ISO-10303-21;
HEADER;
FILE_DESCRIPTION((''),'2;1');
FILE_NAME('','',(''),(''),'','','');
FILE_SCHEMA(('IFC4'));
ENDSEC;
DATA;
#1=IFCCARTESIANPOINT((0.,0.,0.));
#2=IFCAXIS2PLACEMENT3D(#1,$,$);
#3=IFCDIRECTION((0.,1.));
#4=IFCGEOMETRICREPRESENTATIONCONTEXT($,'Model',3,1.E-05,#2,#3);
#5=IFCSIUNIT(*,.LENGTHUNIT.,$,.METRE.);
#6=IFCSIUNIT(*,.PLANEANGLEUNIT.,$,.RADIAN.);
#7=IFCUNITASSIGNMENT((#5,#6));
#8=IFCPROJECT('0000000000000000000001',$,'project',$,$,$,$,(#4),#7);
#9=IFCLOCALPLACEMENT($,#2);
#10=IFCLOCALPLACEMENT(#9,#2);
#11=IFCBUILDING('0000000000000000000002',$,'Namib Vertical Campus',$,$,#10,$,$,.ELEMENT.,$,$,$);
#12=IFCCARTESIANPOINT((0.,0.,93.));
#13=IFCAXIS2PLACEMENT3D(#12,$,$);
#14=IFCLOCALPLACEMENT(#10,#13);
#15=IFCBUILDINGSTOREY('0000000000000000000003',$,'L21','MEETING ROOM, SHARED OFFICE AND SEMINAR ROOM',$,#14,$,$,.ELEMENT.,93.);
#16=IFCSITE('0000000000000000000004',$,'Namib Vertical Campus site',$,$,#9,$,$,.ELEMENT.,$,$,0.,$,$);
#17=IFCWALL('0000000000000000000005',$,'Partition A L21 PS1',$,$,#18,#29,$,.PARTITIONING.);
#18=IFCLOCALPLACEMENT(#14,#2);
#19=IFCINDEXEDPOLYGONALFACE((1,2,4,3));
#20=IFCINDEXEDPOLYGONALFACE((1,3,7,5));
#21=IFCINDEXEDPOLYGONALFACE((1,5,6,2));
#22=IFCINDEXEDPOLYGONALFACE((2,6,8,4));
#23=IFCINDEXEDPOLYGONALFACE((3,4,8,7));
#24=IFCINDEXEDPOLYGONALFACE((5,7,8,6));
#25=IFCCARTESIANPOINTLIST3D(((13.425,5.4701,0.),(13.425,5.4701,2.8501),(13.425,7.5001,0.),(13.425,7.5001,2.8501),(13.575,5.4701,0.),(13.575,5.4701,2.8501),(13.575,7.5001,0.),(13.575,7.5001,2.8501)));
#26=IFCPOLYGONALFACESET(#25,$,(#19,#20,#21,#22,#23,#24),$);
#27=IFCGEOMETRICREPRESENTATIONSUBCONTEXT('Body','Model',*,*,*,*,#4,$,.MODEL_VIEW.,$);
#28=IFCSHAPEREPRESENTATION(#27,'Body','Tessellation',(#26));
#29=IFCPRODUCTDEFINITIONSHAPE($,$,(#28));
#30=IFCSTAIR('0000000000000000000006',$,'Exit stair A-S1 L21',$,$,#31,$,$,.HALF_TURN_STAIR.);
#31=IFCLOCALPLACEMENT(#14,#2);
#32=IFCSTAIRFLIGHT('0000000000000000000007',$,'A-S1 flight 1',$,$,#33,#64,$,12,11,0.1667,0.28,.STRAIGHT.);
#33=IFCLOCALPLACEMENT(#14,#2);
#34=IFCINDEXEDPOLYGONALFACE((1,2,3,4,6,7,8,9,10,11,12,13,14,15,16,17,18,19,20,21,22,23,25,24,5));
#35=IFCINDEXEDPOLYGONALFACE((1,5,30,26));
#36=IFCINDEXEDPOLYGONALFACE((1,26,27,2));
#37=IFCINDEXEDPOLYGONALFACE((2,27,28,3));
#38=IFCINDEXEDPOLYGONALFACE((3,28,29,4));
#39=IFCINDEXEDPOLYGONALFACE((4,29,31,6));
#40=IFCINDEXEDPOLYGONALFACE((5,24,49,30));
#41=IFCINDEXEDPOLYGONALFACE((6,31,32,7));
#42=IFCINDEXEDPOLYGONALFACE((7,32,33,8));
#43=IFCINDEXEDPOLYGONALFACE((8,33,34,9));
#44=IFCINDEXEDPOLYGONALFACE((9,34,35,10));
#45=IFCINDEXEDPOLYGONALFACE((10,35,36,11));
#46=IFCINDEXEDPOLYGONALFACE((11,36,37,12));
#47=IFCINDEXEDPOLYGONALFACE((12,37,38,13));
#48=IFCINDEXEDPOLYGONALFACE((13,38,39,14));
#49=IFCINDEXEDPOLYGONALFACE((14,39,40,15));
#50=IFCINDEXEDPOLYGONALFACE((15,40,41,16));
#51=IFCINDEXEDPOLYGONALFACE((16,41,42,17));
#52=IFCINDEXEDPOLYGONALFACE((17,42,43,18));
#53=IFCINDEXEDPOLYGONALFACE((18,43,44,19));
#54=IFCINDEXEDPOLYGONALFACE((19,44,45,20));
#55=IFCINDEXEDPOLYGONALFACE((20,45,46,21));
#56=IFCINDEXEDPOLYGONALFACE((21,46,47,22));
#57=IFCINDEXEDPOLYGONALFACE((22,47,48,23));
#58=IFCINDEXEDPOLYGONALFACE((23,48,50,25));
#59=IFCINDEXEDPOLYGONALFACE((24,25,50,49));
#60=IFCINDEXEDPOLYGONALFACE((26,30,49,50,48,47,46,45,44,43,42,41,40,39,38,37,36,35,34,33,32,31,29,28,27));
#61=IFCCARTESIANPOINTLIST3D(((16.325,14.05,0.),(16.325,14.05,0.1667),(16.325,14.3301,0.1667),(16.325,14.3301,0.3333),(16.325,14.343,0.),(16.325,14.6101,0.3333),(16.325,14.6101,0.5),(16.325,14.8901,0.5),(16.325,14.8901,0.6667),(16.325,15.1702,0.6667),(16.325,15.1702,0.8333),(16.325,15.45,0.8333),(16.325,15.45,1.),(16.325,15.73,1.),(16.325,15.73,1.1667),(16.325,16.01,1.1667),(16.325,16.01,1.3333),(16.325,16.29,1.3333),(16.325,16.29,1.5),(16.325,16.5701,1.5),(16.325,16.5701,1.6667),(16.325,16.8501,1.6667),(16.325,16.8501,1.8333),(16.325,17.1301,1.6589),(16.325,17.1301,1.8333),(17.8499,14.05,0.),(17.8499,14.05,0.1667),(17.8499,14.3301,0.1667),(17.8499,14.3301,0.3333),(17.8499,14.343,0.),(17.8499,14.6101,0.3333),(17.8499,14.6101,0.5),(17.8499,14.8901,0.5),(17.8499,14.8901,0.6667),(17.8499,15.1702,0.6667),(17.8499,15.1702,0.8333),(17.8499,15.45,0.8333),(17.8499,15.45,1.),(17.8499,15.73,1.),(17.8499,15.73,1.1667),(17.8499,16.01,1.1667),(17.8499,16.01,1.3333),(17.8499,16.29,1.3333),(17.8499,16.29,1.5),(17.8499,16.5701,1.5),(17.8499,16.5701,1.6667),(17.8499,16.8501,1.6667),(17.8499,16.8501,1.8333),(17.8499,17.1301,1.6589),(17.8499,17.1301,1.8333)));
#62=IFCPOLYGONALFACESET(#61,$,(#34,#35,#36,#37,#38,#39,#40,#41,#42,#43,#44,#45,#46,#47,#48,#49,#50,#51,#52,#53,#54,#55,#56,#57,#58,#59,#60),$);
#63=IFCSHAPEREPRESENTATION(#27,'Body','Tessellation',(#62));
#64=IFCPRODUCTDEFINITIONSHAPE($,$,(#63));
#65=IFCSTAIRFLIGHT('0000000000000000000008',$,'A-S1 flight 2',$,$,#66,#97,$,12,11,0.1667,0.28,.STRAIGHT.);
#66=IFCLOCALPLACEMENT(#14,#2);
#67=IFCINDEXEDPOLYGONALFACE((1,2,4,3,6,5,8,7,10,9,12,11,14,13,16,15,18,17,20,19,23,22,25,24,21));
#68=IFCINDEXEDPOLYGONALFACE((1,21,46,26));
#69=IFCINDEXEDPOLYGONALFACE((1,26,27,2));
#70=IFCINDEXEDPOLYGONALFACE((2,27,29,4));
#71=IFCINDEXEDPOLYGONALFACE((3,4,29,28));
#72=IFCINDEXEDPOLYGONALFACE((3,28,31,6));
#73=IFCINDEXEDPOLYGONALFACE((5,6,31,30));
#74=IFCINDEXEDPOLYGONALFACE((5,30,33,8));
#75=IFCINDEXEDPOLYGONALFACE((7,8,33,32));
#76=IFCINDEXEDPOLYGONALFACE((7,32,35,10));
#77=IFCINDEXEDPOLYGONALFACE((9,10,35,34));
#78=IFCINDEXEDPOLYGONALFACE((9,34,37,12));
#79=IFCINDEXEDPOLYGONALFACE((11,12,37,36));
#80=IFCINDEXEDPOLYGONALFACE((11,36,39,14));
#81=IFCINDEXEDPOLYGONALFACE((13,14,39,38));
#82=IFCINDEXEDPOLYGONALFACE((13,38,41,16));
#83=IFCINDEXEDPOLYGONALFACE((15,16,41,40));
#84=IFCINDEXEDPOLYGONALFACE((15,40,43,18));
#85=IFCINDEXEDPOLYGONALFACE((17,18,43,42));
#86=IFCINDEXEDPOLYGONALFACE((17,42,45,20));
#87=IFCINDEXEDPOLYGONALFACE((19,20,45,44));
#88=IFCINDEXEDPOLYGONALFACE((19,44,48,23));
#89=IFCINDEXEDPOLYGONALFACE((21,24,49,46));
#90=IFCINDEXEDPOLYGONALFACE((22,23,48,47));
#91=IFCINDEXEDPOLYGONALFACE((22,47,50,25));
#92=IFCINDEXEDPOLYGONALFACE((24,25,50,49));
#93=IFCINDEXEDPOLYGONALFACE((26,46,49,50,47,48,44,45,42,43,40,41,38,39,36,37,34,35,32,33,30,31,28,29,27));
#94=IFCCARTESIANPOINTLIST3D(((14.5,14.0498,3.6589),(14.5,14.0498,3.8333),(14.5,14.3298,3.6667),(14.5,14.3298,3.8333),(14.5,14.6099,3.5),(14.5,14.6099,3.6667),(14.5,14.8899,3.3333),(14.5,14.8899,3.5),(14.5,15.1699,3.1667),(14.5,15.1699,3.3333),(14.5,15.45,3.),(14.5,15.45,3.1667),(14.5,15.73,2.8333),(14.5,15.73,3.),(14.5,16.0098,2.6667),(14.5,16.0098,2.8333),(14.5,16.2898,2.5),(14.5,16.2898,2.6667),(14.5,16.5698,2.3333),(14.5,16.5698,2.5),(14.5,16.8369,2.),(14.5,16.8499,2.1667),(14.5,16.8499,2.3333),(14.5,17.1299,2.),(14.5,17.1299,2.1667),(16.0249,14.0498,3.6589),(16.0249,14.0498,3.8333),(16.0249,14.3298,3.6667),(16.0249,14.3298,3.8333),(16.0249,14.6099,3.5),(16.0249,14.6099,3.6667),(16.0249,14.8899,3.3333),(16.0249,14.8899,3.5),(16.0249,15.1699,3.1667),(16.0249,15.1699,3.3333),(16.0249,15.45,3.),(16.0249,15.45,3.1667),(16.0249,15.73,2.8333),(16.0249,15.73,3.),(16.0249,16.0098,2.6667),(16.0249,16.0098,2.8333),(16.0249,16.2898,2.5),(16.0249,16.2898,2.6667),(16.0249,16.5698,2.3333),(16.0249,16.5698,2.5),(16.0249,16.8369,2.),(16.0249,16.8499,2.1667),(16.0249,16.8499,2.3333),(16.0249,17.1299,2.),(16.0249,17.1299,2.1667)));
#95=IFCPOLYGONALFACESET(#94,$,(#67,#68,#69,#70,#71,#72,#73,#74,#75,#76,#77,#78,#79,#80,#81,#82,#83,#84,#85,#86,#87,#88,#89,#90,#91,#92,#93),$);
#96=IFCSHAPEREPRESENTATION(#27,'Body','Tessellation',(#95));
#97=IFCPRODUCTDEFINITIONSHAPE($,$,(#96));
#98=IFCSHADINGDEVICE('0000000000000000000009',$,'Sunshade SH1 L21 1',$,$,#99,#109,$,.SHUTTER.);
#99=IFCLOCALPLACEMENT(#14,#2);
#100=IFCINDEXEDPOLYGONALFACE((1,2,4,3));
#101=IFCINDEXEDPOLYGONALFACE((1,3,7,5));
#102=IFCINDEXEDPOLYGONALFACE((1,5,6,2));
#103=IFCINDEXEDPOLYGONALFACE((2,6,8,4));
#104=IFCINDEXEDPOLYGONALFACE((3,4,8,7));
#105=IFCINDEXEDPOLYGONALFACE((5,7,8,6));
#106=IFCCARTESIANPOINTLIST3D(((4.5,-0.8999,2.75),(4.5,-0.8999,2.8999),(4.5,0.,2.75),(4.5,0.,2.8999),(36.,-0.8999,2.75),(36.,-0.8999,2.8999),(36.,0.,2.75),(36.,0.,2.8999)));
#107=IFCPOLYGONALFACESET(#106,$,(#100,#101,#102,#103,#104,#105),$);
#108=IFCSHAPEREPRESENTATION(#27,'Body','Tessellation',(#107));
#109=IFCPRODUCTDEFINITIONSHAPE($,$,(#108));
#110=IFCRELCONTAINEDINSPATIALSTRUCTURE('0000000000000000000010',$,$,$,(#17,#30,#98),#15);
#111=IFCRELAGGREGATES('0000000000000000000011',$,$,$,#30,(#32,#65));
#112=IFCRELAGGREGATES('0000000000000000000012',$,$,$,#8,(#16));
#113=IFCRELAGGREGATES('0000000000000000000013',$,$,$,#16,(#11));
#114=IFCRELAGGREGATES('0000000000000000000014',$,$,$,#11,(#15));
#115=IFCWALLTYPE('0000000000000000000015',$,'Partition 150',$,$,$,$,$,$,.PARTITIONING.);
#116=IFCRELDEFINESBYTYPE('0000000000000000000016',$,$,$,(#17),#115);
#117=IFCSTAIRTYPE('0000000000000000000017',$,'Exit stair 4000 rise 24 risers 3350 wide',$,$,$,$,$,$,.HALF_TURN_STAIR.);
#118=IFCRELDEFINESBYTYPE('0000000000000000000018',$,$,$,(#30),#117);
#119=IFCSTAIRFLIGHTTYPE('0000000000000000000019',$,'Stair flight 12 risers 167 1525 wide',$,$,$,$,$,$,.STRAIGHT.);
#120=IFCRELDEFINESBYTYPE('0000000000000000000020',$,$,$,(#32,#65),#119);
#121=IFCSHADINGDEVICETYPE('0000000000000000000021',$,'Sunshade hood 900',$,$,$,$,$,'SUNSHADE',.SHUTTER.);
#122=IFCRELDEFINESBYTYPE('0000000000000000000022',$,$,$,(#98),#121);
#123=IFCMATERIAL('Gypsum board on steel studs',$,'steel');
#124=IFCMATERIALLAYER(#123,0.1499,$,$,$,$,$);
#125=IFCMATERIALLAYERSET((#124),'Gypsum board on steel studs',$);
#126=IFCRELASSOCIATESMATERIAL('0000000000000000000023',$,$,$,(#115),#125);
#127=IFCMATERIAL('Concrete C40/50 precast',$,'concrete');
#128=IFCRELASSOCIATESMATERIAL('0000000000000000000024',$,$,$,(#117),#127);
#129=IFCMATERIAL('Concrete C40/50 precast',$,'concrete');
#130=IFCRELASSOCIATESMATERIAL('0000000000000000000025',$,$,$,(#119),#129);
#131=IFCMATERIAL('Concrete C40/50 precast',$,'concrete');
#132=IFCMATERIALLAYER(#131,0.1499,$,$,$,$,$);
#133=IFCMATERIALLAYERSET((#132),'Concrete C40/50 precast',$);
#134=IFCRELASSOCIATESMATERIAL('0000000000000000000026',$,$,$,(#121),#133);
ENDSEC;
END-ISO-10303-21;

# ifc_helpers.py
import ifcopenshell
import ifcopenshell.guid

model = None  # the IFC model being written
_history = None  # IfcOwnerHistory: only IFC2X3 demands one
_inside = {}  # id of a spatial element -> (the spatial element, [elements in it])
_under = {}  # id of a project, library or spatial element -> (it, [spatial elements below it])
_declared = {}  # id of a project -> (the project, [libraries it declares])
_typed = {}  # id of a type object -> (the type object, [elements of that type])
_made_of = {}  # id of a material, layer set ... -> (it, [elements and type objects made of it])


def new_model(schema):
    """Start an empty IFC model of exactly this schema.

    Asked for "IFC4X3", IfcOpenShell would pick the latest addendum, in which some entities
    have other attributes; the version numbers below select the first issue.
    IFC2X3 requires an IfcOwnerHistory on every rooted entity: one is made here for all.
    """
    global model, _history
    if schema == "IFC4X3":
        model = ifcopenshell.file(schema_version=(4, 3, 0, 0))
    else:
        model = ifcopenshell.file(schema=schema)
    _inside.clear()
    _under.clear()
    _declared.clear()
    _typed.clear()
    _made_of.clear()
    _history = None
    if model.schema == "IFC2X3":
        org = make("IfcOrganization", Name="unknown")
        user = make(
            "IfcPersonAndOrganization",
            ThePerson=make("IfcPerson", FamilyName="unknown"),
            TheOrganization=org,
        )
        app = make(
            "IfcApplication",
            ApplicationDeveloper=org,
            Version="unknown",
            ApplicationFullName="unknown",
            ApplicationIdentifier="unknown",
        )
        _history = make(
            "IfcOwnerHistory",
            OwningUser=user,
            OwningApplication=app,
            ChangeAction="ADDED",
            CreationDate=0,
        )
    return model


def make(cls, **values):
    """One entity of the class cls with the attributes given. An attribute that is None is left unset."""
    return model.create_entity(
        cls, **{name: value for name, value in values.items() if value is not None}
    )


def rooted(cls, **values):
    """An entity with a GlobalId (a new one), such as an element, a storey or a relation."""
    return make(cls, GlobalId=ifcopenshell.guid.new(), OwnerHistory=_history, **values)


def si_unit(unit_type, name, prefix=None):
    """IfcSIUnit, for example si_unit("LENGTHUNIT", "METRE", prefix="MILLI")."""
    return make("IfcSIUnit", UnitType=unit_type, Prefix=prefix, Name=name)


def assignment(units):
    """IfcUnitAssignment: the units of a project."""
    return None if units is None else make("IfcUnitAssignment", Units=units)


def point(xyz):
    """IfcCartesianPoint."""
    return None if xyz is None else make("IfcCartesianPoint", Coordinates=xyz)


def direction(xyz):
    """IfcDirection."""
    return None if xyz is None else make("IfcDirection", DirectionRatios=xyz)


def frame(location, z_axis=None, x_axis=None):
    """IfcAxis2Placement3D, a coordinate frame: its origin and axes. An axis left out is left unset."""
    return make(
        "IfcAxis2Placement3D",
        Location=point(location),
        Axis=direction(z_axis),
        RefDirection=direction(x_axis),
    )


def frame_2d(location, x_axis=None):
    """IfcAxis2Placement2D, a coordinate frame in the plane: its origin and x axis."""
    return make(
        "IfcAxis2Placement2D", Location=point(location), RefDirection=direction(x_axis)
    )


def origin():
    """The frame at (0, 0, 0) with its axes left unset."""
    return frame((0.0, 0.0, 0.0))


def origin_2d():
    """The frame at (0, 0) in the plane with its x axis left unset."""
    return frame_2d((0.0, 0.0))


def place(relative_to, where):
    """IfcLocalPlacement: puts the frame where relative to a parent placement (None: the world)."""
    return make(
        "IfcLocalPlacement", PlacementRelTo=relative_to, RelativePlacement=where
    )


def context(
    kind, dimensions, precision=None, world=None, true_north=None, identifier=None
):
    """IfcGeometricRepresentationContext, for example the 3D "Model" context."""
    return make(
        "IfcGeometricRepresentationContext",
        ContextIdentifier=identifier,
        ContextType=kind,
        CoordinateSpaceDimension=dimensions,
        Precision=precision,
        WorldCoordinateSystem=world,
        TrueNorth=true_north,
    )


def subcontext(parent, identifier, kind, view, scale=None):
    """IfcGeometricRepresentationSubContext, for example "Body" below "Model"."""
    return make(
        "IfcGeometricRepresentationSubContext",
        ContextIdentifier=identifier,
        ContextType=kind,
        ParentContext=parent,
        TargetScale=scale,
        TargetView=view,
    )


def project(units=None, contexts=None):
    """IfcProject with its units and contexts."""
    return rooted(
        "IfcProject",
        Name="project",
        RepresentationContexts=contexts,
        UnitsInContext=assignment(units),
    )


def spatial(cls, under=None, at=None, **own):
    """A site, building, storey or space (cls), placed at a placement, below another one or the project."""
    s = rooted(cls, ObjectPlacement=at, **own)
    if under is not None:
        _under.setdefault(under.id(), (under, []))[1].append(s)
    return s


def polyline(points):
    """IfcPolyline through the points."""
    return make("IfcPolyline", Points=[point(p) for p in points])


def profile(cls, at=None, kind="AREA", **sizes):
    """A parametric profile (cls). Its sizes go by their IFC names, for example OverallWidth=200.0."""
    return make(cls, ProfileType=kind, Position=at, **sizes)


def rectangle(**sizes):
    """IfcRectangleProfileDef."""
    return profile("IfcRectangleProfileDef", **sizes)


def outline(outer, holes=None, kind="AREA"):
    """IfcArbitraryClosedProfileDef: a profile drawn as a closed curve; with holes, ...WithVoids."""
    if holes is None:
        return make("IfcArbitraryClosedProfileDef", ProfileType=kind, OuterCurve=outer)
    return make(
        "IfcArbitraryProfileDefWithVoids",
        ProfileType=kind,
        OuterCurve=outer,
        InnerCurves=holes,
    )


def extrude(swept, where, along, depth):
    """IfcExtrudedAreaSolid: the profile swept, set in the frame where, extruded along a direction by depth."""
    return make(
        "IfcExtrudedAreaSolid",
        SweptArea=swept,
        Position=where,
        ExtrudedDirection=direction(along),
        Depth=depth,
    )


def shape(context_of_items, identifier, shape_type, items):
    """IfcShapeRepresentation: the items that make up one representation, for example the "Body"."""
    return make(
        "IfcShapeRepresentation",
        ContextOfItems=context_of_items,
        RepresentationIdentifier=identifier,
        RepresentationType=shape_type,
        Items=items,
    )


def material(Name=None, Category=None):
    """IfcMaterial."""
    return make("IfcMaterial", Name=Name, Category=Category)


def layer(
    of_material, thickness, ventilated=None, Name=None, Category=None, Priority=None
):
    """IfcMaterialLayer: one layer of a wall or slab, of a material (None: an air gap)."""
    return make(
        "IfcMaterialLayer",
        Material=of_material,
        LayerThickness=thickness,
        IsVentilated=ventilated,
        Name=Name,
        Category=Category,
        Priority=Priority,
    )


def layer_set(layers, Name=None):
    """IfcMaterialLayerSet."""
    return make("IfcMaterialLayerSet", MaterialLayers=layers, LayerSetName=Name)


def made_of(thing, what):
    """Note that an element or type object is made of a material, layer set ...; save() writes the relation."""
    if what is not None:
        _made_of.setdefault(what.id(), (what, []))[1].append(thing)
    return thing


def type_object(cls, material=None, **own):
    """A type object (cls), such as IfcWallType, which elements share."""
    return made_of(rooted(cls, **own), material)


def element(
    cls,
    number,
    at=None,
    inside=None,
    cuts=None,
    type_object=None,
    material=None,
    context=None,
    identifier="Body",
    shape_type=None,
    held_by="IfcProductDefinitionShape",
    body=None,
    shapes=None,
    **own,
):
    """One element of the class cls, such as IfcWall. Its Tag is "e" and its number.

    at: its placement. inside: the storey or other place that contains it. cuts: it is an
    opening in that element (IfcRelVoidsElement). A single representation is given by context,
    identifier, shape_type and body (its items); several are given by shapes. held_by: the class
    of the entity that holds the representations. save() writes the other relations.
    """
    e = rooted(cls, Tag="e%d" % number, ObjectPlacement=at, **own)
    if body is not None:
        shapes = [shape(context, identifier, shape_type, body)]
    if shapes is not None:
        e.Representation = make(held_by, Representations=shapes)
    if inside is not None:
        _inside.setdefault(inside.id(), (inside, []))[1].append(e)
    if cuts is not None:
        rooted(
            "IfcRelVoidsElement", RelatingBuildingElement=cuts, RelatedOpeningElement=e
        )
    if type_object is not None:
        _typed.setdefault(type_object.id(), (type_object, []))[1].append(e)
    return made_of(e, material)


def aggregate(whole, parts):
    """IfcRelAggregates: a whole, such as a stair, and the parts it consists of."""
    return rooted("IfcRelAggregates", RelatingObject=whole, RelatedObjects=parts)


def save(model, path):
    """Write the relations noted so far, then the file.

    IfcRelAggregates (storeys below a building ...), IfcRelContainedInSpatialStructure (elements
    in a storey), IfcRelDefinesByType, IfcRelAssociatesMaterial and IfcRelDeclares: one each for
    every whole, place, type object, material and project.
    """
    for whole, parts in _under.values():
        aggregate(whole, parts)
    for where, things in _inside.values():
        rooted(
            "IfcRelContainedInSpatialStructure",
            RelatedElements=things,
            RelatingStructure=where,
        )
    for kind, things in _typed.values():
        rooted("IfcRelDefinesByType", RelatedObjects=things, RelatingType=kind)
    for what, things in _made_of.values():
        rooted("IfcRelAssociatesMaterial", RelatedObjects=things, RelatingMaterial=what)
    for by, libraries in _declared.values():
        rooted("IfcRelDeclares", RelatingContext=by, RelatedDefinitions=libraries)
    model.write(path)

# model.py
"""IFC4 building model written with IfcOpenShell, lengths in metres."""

from ifc_helpers import new_model, si_unit, direction, frame, frame_2d, origin, origin_2d, place, context, subcontext, project, spatial, polyline, rectangle, outline, extrude, material, layer, layer_set, type_object, element, aggregate, save


model = new_model("IFC4")

# Units and contexts
model_context = context("Model", 3, precision=1e-05, world=origin(), true_north=direction((0.0, 1.0)))
body_context = subcontext(model_context, "Body", "Model", "MODEL_VIEW")
ifc_project = project(units=[si_unit("LENGTHUNIT", "METRE"), si_unit("PLANEANGLEUNIT", "RADIAN")], contexts=[model_context])

# Site, building, storey
site_placement = place(None, origin())
site = spatial("IfcSite", under=ifc_project, at=site_placement, Name="Namib Vertical Campus site", CompositionType="ELEMENT", RefElevation=0.0)
building_placement = place(site_placement, origin())
building = spatial("IfcBuilding", under=site, at=building_placement, Name="Namib Vertical Campus", CompositionType="ELEMENT")
storey_placement = place(building_placement, frame((0.0, 0.0, 93.0)))
storey = spatial("IfcBuildingStorey", under=building, at=storey_placement, Name="L21", Description="MEETING ROOM, SHARED OFFICE AND SEMINAR ROOM", CompositionType="ELEMENT", Elevation=93.0)

# Wall
ifc_material_1 = material(Name="Gypsum board on steel studs", Category="steel")
ifc_layer_1 = layer(ifc_material_1, 0.1499)
ifc_layer_set_1 = layer_set([ifc_layer_1], Name="Gypsum board on steel studs")
wall_type_1 = type_object("IfcWallType", Name="Partition 150", PredefinedType="PARTITIONING", material=ifc_layer_set_1)
wall_1_placement = place(storey_placement, frame((13.5, 5.47, 0.0), z_axis=(0.0, 0.0, 1.0), x_axis=(0.0, 1.0, 0.0)))
element("IfcWall", 1, at=wall_1_placement, inside=storey, type_object=wall_type_1, Name="Partition A L21 PS1", PredefinedType="PARTITIONING", context=body_context, shape_type="SweptSolid", body=[
    extrude(rectangle(XDim=2.03, YDim=0.1499, at=frame_2d((1.0151, 0.0))), origin(), (0.0, 0.0, 1.0), 2.8501),
])

# Stair, stair flights
ifc_material_2 = material(Name="Concrete C40/50 precast", Category="concrete")
stair_type = type_object("IfcStairType", Name="Exit stair 4000 rise 24 risers 3350 wide", PredefinedType="HALF_TURN_STAIR", material=ifc_material_2)
stair_placement = place(storey_placement, origin())
stair = element("IfcStair", 2, at=stair_placement, inside=storey, type_object=stair_type, Name="Exit stair A-S1 L21", PredefinedType="HALF_TURN_STAIR")
ifc_material_3 = material(Name="Concrete C40/50 precast", Category="concrete")
stair_flight_type = type_object("IfcStairFlightType", Name="Stair flight 12 risers 167 1525 wide", PredefinedType="STRAIGHT", material=ifc_material_3)
stair_flight_1_placement = place(storey_placement, frame((17.0874, 14.05, 0.0), z_axis=(0.0, 0.0, 1.0), x_axis=(0.0, 1.0, 0.0)))
stair_flight_1 = element("IfcStairFlight", 3, at=stair_flight_1_placement, type_object=stair_flight_type, Name="A-S1 flight 1", NumberOfRisers=12, NumberOfTreads=11, PredefinedType="STRAIGHT", RiserHeight=0.1667, TreadLength=0.28, context=body_context, shape_type="SweptSolid", body=[
    extrude(outline(polyline([(0.0, 0.0), (0.0, 0.1667), (0.28, 0.1667), (0.28, 0.3333), (0.5601, 0.3333), (0.5601, 0.5), (0.8401, 0.5), (0.8401, 0.6667), (1.1201, 0.6667), (1.1201, 0.8333), (1.3999, 0.8333), (1.3999, 1.0), (1.6799, 1.0), (1.6799, 1.1667), (1.96, 1.1667), (1.96, 1.3333), (2.24, 1.3333), (2.24, 1.5), (2.52, 1.5), (2.52, 1.6667), (2.8, 1.6667), (2.8, 1.8333), (3.0801, 1.8333), (3.0801, 2.0), (3.0801, 1.6589), (0.293, 0.0), (0.0, 0.0)])), frame((0.0, 0.7625, 0.0), z_axis=(0.0, -1.0, 0.0), x_axis=(1.0, 0.0, 0.0)), (0.0, 0.0, 1.0), 1.5249),
])
stair_flight_2_placement = place(storey_placement, frame((15.2625, 17.1299, 2.0), z_axis=(0.0, 0.0, 1.0), x_axis=(0.0, -1.0, 0.0)))
stair_flight_2 = element("IfcStairFlight", 4, at=stair_flight_2_placement, type_object=stair_flight_type, Name="A-S1 flight 2", NumberOfRisers=12, NumberOfTreads=11, PredefinedType="STRAIGHT", RiserHeight=0.1667, TreadLength=0.28, context=body_context, shape_type="SweptSolid", body=[
    extrude(outline(polyline([(0.0, 0.0), (0.0, 0.1667), (0.28, 0.1667), (0.28, 0.3333), (0.5601, 0.3333), (0.5601, 0.5), (0.8401, 0.5), (0.8401, 0.6667), (1.1201, 0.6667), (1.1201, 0.8333), (1.3999, 0.8333), (1.3999, 1.0), (1.6799, 1.0), (1.6799, 1.1667), (1.96, 1.1667), (1.96, 1.3333), (2.24, 1.3333), (2.24, 1.5), (2.52, 1.5), (2.52, 1.6667), (2.8, 1.6667), (2.8, 1.8333), (3.0801, 1.8333), (3.0801, 2.0), (3.0801, 1.6589), (0.293, 0.0), (0.0, 0.0)])), frame((0.0, 0.7625, 0.0), z_axis=(0.0, -1.0, 0.0), x_axis=(1.0, 0.0, 0.0)), (0.0, 0.0, 1.0), 1.5249),
])
aggregate(stair, [stair_flight_1, stair_flight_2])

# Shading device
ifc_material_4 = material(Name="Concrete C40/50 precast", Category="concrete")
ifc_layer_2 = layer(ifc_material_4, 0.1499)
ifc_layer_set_2 = layer_set([ifc_layer_2], Name="Concrete C40/50 precast")
shading_device_type = type_object("IfcShadingDeviceType", Name="Sunshade hood 900", ElementType="SUNSHADE", PredefinedType="SHUTTER", material=ifc_layer_set_2)
shading_device_placement = place(storey_placement, frame((20.25, -0.45, 2.75), z_axis=(0.0, 0.0, 1.0), x_axis=(1.0, 0.0, 0.0)))
element("IfcShadingDevice", 5, at=shading_device_placement, inside=storey, type_object=shading_device_type, Name="Sunshade SH1 L21 1", PredefinedType="SHUTTER", context=body_context, shape_type="SweptSolid", body=[
    extrude(rectangle(XDim=31.5, YDim=0.8999, at=origin_2d()), origin(), (0.0, 0.0, 1.0), 0.1499),
])

save(model, "model.ifc")
